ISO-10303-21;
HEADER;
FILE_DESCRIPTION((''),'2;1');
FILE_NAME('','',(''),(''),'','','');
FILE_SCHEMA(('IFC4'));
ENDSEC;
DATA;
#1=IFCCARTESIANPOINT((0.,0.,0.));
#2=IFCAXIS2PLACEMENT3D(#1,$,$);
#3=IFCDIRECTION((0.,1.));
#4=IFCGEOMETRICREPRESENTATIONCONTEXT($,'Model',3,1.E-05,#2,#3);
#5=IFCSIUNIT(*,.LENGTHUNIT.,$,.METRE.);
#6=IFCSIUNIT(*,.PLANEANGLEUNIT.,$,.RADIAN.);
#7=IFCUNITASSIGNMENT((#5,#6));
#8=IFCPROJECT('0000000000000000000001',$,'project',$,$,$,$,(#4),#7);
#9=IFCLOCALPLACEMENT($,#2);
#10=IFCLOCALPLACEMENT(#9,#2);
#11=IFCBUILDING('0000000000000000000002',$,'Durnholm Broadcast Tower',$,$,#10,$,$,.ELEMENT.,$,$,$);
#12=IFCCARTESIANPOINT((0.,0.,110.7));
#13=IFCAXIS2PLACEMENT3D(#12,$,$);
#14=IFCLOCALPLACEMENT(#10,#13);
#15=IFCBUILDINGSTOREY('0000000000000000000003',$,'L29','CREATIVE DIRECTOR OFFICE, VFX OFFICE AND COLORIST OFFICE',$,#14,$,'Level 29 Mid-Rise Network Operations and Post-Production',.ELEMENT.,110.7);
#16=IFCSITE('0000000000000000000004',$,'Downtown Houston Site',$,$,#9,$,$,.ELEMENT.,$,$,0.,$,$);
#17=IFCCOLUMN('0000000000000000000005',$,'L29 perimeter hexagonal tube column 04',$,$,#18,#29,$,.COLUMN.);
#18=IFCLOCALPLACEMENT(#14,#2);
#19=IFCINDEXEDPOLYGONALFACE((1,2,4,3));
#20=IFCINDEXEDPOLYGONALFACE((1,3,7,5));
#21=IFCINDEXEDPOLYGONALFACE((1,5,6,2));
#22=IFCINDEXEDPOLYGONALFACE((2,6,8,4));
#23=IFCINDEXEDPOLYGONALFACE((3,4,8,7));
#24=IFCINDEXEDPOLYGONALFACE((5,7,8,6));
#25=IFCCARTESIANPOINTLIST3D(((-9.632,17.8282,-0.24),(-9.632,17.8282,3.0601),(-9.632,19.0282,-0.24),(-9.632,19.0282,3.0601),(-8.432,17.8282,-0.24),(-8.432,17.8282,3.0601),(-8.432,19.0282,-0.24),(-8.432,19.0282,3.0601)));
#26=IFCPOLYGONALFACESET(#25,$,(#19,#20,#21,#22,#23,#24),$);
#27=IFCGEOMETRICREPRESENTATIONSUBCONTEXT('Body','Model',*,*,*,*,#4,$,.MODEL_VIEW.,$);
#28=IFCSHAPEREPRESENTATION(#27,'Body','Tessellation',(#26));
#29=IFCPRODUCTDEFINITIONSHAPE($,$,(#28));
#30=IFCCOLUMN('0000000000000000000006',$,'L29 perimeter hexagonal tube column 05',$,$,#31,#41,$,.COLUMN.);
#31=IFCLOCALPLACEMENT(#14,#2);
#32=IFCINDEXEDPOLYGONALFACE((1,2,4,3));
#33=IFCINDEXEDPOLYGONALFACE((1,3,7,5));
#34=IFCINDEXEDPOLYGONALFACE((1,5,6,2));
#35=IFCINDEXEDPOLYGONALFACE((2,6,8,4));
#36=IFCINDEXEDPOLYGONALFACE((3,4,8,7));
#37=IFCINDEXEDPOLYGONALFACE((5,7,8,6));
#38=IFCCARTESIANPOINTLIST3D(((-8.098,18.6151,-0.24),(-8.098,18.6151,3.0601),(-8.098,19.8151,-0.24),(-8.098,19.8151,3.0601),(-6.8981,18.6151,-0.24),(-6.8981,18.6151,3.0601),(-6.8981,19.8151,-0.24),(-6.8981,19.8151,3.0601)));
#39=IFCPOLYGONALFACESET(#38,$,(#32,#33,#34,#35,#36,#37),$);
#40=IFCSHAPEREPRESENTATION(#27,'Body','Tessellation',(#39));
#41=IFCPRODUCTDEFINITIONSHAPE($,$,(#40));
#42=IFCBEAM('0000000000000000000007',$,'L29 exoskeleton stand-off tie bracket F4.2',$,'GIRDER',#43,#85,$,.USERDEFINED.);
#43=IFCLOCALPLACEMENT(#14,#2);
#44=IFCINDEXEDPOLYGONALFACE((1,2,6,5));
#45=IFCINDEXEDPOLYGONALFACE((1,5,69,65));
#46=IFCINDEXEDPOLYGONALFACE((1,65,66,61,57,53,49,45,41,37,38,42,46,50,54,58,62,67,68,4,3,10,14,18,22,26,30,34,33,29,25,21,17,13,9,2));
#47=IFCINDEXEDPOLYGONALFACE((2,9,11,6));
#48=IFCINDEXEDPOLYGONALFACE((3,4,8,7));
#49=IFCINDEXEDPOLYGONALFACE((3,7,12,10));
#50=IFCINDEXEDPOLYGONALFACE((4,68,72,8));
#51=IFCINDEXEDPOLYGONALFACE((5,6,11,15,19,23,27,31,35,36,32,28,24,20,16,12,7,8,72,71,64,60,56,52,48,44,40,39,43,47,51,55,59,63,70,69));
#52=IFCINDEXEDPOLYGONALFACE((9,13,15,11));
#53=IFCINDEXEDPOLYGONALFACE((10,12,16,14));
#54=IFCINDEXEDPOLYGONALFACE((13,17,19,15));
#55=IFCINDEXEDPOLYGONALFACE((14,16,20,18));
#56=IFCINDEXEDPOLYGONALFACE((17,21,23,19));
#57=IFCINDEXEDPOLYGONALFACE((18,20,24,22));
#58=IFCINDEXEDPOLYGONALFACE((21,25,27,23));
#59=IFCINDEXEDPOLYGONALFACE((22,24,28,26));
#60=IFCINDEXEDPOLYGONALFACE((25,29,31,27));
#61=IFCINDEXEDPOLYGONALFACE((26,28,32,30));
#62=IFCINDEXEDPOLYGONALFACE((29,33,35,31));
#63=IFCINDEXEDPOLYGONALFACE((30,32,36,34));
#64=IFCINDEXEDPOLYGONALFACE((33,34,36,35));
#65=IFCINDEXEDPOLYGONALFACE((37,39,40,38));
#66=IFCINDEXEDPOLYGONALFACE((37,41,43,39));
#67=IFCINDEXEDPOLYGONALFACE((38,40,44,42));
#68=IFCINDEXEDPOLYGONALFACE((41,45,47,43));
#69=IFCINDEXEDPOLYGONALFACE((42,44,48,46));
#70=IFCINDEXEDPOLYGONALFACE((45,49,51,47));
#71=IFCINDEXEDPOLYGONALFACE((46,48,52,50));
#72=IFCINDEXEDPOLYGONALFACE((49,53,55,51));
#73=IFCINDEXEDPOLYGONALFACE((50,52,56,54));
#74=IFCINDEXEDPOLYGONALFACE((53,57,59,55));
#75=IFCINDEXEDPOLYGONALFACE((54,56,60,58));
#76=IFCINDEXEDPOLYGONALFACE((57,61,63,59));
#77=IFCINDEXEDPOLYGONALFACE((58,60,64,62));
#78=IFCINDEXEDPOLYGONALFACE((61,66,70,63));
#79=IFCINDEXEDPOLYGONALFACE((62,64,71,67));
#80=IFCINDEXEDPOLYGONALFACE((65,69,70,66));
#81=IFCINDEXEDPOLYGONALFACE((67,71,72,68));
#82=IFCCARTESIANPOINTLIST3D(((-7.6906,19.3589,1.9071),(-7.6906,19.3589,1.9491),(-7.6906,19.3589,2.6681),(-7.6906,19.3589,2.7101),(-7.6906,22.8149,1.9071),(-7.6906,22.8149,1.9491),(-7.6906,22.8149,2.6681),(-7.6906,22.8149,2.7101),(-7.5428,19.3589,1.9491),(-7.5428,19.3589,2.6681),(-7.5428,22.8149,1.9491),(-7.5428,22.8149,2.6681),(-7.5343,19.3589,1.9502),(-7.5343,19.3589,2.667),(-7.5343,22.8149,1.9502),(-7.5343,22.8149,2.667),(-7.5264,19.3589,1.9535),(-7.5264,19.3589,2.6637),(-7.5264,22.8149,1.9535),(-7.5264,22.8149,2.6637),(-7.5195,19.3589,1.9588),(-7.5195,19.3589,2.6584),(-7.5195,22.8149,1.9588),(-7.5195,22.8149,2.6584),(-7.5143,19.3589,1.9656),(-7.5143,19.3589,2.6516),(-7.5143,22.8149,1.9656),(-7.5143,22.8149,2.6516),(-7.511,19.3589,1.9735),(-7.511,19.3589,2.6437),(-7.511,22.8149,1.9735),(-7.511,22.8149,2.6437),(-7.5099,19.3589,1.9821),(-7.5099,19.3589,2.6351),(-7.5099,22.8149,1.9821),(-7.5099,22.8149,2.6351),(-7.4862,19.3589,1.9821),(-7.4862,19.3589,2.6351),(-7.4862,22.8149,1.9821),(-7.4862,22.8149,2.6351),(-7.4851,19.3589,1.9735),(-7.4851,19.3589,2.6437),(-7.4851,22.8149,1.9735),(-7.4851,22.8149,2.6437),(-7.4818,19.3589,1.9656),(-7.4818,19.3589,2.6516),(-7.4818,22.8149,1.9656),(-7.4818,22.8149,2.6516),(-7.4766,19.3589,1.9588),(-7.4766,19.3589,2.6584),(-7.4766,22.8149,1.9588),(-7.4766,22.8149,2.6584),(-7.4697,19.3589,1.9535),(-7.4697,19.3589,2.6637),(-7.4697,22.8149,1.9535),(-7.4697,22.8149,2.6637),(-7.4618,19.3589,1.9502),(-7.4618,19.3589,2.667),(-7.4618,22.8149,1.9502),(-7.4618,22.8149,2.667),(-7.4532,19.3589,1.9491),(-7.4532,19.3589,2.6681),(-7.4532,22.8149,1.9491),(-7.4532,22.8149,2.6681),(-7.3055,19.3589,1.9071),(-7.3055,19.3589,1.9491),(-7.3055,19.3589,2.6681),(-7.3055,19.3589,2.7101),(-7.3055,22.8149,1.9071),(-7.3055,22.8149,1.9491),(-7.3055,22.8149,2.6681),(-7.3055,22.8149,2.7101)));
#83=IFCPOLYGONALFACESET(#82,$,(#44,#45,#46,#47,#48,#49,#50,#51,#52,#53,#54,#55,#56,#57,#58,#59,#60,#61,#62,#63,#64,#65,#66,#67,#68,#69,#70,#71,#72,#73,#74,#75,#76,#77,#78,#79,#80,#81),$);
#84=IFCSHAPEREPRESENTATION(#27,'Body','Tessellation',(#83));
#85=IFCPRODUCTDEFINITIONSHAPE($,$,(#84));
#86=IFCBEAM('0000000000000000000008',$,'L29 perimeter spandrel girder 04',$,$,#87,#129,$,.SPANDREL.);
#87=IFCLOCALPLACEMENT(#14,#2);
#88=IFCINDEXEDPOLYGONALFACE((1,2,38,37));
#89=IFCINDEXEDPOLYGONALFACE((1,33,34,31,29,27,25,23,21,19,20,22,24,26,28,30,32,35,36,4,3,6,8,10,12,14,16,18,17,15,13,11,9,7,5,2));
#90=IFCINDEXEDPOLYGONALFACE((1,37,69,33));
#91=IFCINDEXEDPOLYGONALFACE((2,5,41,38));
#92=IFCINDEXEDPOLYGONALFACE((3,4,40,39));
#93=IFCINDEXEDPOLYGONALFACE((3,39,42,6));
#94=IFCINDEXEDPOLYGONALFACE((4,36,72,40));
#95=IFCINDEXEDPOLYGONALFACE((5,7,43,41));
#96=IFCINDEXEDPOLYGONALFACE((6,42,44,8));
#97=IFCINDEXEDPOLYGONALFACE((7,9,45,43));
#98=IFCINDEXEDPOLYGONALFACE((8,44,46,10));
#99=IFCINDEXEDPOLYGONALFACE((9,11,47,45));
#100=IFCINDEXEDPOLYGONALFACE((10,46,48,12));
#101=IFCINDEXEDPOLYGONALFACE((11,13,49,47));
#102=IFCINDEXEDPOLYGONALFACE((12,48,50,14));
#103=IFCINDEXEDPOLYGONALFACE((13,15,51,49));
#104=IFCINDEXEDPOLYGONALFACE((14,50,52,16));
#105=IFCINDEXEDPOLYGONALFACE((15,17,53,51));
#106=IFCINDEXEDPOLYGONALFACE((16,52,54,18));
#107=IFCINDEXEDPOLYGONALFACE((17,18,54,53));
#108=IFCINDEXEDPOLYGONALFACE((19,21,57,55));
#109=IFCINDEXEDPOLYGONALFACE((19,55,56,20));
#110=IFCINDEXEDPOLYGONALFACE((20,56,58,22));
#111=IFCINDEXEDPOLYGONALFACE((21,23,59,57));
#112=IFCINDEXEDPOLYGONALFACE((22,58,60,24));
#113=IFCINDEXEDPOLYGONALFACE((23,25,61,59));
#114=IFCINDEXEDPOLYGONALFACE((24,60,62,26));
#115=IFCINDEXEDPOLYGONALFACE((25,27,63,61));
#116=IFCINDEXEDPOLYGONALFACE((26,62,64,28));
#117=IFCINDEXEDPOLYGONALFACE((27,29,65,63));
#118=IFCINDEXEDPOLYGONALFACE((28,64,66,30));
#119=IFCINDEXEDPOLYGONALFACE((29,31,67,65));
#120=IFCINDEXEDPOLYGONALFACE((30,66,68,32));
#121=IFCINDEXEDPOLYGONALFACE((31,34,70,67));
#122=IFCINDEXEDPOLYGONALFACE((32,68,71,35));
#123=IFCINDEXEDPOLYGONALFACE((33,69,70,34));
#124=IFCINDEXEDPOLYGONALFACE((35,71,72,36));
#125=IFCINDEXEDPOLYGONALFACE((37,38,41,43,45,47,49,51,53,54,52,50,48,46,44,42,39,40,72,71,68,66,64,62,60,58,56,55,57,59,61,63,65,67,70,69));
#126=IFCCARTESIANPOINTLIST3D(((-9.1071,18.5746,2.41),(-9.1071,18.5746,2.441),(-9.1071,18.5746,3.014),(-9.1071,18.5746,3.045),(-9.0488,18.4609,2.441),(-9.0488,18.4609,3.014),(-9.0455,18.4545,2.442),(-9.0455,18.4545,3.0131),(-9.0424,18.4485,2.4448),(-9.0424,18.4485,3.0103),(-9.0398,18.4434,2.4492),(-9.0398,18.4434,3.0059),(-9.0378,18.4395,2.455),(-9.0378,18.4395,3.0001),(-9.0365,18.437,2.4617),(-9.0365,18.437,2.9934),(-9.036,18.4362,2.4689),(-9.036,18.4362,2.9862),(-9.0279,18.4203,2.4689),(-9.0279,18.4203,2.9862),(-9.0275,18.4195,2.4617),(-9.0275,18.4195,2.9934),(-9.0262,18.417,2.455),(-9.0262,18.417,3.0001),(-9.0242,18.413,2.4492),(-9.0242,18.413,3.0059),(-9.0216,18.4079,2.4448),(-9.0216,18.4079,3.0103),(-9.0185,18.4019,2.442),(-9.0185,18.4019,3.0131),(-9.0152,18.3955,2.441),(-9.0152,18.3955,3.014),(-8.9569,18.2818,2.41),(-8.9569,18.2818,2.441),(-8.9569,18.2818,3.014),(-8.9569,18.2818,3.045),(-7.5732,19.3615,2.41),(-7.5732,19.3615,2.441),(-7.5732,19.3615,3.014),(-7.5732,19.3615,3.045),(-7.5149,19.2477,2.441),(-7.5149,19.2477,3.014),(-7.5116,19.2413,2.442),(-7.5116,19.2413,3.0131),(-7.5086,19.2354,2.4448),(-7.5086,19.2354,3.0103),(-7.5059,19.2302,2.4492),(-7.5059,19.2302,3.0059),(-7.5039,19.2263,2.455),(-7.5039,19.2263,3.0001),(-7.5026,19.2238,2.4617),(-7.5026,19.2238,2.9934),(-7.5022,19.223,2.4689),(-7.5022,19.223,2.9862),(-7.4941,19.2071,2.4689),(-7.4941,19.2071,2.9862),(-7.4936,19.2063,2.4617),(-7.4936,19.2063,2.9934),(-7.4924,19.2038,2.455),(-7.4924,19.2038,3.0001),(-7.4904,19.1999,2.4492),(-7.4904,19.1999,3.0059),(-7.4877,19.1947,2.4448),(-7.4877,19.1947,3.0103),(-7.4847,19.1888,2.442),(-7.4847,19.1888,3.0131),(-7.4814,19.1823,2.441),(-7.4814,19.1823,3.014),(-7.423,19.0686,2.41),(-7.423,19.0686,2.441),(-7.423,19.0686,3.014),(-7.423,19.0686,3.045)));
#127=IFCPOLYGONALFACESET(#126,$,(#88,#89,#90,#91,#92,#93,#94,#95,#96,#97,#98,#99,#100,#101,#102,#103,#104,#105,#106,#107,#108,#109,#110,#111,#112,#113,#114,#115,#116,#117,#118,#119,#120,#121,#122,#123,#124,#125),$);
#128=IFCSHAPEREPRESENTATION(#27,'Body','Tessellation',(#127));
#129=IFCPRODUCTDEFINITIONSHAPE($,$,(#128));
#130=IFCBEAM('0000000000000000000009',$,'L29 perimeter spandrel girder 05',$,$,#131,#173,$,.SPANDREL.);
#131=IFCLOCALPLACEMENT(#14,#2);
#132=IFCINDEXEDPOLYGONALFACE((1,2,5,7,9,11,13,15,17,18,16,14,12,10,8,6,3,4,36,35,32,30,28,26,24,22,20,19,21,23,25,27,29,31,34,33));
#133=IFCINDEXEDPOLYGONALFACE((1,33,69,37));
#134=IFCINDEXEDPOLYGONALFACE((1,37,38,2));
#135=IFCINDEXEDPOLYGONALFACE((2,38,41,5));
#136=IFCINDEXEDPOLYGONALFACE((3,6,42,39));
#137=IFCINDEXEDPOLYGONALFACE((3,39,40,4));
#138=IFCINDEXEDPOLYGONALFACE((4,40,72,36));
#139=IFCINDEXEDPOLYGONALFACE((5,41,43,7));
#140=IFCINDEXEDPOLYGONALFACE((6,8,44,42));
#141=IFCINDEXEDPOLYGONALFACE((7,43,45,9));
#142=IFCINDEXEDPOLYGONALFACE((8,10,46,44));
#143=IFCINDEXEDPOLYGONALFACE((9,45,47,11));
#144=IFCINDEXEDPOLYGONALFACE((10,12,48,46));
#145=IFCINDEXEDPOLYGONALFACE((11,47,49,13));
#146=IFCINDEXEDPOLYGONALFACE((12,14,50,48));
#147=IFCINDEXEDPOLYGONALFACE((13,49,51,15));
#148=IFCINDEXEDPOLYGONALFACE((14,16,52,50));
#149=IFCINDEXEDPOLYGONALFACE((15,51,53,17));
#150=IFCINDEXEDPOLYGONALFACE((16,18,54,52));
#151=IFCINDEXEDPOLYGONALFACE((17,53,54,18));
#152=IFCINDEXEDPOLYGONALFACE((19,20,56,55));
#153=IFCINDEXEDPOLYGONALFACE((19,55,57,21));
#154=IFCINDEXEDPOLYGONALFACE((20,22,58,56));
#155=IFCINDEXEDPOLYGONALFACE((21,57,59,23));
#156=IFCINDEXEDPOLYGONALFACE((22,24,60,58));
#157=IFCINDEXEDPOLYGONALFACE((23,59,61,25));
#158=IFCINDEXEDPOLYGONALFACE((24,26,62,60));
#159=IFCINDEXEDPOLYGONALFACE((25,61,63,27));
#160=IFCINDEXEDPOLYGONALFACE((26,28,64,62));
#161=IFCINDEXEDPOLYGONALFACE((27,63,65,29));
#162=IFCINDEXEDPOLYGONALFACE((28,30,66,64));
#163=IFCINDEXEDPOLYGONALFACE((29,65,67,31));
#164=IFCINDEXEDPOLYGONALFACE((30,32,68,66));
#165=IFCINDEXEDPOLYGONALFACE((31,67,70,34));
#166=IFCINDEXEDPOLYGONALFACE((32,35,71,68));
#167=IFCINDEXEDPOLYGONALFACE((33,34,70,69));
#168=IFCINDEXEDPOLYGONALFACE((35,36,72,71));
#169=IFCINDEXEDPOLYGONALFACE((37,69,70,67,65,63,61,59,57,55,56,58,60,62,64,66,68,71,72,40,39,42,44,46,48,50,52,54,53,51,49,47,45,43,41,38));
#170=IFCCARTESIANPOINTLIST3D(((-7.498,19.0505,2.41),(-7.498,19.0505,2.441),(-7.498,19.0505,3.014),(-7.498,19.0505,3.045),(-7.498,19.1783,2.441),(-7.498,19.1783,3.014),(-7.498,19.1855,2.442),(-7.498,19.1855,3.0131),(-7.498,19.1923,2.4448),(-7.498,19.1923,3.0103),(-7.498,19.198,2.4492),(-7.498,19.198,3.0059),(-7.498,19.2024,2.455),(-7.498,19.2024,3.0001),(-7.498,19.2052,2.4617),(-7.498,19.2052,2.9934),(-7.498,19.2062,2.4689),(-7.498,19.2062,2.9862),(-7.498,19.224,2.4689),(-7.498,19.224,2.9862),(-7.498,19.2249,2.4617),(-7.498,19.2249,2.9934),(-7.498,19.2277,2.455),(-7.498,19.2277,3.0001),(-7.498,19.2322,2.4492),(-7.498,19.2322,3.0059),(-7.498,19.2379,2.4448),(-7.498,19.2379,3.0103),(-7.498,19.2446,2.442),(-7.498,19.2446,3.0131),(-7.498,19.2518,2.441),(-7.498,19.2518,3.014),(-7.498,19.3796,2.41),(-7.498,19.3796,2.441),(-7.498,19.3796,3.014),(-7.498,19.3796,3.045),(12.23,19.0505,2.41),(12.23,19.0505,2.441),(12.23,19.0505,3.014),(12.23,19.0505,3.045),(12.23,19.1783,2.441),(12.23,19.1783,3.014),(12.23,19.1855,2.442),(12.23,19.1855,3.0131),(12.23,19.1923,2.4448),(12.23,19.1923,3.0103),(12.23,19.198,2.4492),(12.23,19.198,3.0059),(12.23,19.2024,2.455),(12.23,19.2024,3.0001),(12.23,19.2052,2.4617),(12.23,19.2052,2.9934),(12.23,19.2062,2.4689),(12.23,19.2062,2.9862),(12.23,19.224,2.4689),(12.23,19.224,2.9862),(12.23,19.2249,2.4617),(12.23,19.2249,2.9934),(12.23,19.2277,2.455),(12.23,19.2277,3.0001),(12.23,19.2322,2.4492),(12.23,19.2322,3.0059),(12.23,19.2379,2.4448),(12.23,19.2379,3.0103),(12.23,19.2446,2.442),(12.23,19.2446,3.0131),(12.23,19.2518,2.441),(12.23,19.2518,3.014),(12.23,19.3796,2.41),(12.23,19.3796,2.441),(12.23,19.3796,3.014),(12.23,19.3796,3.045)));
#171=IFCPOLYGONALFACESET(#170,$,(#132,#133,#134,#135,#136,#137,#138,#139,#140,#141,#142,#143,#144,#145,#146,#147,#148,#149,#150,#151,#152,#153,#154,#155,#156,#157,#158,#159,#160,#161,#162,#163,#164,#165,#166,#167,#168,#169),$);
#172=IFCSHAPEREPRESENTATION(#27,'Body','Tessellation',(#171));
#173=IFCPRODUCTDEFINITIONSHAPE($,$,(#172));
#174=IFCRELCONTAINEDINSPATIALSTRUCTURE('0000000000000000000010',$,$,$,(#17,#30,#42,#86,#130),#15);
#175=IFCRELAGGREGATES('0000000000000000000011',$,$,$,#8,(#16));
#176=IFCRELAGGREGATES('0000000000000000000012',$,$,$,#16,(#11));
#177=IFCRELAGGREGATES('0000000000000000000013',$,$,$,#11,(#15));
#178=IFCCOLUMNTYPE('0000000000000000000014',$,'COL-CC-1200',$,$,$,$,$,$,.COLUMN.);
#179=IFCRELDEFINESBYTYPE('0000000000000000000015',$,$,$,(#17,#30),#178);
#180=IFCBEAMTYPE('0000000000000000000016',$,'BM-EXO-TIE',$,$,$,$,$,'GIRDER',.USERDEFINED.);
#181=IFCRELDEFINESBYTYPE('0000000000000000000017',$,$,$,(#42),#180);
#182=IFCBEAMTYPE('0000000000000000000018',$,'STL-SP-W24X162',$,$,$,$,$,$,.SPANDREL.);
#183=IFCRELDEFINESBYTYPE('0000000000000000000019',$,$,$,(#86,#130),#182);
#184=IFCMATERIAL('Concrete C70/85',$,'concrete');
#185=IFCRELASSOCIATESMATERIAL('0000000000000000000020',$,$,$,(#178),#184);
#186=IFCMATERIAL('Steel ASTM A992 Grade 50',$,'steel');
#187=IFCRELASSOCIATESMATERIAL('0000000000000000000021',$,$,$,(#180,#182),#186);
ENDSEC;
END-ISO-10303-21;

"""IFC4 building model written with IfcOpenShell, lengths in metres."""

from ifc_helpers import new_model, si_unit, direction, frame, origin, origin_2d, place, context, subcontext, project, spatial, rectangle, i_section, extrude, source, transform, mapped, material, material_profile, profile_set, type_object, type_shapes, element, save


model = new_model("IFC4")

# Units and contexts
model_context = context("Model", 3, precision=1e-05, world=origin(), true_north=direction((0.0, 1.0)))
body_context = subcontext(model_context, "Body", "Model", "MODEL_VIEW")
ifc_project = project(units=[si_unit("LENGTHUNIT", "METRE"), si_unit("PLANEANGLEUNIT", "RADIAN")], contexts=[model_context])

# Site, building, storey
site_placement = place(None, origin())
site = spatial("IfcSite", under=ifc_project, at=site_placement, Name="Downtown Houston Site", CompositionType="ELEMENT", RefElevation=0.0)
building_placement = place(site_placement, origin())
building = spatial("IfcBuilding", under=site, at=building_placement, Name="Durnholm Broadcast Tower", CompositionType="ELEMENT")
storey_placement = place(building_placement, frame((0.0, 0.0, 110.7)))
storey = spatial("IfcBuildingStorey", under=building, at=storey_placement, Name="L29", Description="CREATIVE DIRECTOR OFFICE, VFX OFFICE AND COLORIST OFFICE", LongName="Level 29 Mid-Rise Network Operations and Post-Production", CompositionType="ELEMENT", Elevation=110.7)

# Columns
ifc_material_1 = material(Name="Concrete C70/85", Category="concrete")
ifc_material_profile_1 = material_profile(ifc_material_1, rectangle(XDim=1.2, YDim=1.2, at=origin_2d()), Name="RC1200X1200")
ifc_profile_set_1 = profile_set([ifc_material_profile_1], Name="Concrete C70/85")
column_type = type_object("IfcColumnType", Name="COL-CC-1200", PredefinedType="COLUMN", material=ifc_profile_set_1)
shared_shape_1 = source(origin(), body_context, "Body", "SweptSolid", [
    extrude(rectangle(XDim=1.2, YDim=1.2, at=origin_2d()), origin(), (0.0, 0.0, 1.0), 3.3),
])
type_shapes(column_type, [shared_shape_1])
for number, where, z_axis, x_axis, name in (
    (1, (-9.032, 18.4282, -0.24), (0.0, 0.0, 1.0), (1.0, 0.0, 0.0), "L29 perimeter hexagonal tube column 04"),
    (2, (-7.498, 19.2151, -0.24), (0.0, 0.0, 1.0), (1.0, 0.0, 0.0), "L29 perimeter hexagonal tube column 05"),
):
    element("IfcColumn", number, at=place(storey_placement, frame(where, z_axis=z_axis, x_axis=x_axis)), inside=storey, type_object=column_type, Name=name, PredefinedType="COLUMN", context=body_context, shape_type="MappedRepresentation", body=[
        mapped(shared_shape_1, transform((0.0, 0.0, 0.0), x_axis=(1.0, 0.0, 0.0), y_axis=(0.0, 1.0, 0.0), z_axis=(0.0, 0.0, 1.0), scale=1.0)),
    ])

# Beams
ifc_material_2 = material(Name="Steel ASTM A992 Grade 50", Category="steel")
ifc_material_profile_2 = material_profile(ifc_material_2, i_section(OverallWidth=0.385, OverallDepth=0.803, WebThickness=0.0237, FlangeThickness=0.042, FilletRadius=0.033, at=origin_2d()), Name="W30X261")
ifc_profile_set_2 = profile_set([ifc_material_profile_2], Name="Steel ASTM A992 Grade 50")
beam_type_1 = type_object("IfcBeamType", Name="BM-EXO-TIE", ElementType="GIRDER", PredefinedType="USERDEFINED", material=ifc_profile_set_2)
shared_shape_2 = source(origin(), body_context, "Body", "SweptSolid", [
    extrude(i_section(OverallWidth=0.385, OverallDepth=0.803, WebThickness=0.0237, FlangeThickness=0.042, FilletRadius=0.033, at=origin_2d()), origin(), (0.0, 0.0, 1.0), 3.4561),
])
beam_1_placement = place(storey_placement, frame((-7.498, 19.3589, 2.3086), z_axis=(0.0, 1.0, 0.0), x_axis=(-1.0, 0.0, 0.0)))
element("IfcBeam", 3, at=beam_1_placement, inside=storey, type_object=beam_type_1, Name="L29 exoskeleton stand-off tie bracket F4.2", ObjectType="GIRDER", PredefinedType="USERDEFINED", context=body_context, shape_type="MappedRepresentation", body=[
    mapped(shared_shape_2, transform((0.0, 0.0, 0.0), x_axis=(1.0, 0.0, 0.0), y_axis=(0.0, 1.0, 0.0), z_axis=(0.0, 0.0, 1.0), scale=1.0)),
])
ifc_material_profile_3 = material_profile(ifc_material_2, i_section(OverallWidth=0.3291, OverallDepth=0.635, WebThickness=0.0178, FlangeThickness=0.031, FilletRadius=0.0278, at=origin_2d()), Name="W24X162")
ifc_profile_set_3 = profile_set([ifc_material_profile_3], Name="Steel ASTM A992 Grade 50")
beam_type_2 = type_object("IfcBeamType", Name="STL-SP-W24X162", PredefinedType="SPANDREL", material=ifc_profile_set_3)
shared_shape_3 = source(origin(), body_context, "Body", "SweptSolid", [
    extrude(i_section(OverallWidth=0.3291, OverallDepth=0.635, WebThickness=0.0178, FlangeThickness=0.031, FilletRadius=0.0278, at=origin_2d()), origin(), (0.0, 0.0, 1.0), 1.7239),
])
beam_2_placement = place(storey_placement, frame((-9.032, 18.4282, 2.7275), z_axis=(0.889763, 0.456423, 0.0), x_axis=(-0.456423, 0.889763, 0.0)))
element("IfcBeam", 4, at=beam_2_placement, inside=storey, type_object=beam_type_2, Name="L29 perimeter spandrel girder 04", PredefinedType="SPANDREL", context=body_context, shape_type="MappedRepresentation", body=[
    mapped(shared_shape_3, transform((0.0, 0.0, 0.0), x_axis=(1.0, 0.0, 0.0), y_axis=(0.0, 1.0, 0.0), z_axis=(0.0, 0.0, 1.0), scale=1.0)),
])
shared_shape_4 = source(origin(), body_context, "Body", "SweptSolid", [
    extrude(i_section(OverallWidth=0.3291, OverallDepth=0.635, WebThickness=0.0178, FlangeThickness=0.031, FilletRadius=0.0278, at=origin_2d()), origin(), (0.0, 0.0, 1.0), 19.728),
])
type_shapes(beam_type_2, [shared_shape_3, shared_shape_4])
beam_3_placement = place(storey_placement, frame((-7.498, 19.2151, 2.7275), z_axis=(1.0, 0.0, 0.0), x_axis=(0.0, 1.0, 0.0)))
element("IfcBeam", 5, at=beam_3_placement, inside=storey, type_object=beam_type_2, Name="L29 perimeter spandrel girder 05", PredefinedType="SPANDREL", context=body_context, shape_type="MappedRepresentation", body=[
    mapped(shared_shape_4, transform((0.0, 0.0, 0.0), x_axis=(1.0, 0.0, 0.0), y_axis=(0.0, 1.0, 0.0), z_axis=(0.0, 0.0, 1.0), scale=1.0)),
])

save(model, "model.ifc")
